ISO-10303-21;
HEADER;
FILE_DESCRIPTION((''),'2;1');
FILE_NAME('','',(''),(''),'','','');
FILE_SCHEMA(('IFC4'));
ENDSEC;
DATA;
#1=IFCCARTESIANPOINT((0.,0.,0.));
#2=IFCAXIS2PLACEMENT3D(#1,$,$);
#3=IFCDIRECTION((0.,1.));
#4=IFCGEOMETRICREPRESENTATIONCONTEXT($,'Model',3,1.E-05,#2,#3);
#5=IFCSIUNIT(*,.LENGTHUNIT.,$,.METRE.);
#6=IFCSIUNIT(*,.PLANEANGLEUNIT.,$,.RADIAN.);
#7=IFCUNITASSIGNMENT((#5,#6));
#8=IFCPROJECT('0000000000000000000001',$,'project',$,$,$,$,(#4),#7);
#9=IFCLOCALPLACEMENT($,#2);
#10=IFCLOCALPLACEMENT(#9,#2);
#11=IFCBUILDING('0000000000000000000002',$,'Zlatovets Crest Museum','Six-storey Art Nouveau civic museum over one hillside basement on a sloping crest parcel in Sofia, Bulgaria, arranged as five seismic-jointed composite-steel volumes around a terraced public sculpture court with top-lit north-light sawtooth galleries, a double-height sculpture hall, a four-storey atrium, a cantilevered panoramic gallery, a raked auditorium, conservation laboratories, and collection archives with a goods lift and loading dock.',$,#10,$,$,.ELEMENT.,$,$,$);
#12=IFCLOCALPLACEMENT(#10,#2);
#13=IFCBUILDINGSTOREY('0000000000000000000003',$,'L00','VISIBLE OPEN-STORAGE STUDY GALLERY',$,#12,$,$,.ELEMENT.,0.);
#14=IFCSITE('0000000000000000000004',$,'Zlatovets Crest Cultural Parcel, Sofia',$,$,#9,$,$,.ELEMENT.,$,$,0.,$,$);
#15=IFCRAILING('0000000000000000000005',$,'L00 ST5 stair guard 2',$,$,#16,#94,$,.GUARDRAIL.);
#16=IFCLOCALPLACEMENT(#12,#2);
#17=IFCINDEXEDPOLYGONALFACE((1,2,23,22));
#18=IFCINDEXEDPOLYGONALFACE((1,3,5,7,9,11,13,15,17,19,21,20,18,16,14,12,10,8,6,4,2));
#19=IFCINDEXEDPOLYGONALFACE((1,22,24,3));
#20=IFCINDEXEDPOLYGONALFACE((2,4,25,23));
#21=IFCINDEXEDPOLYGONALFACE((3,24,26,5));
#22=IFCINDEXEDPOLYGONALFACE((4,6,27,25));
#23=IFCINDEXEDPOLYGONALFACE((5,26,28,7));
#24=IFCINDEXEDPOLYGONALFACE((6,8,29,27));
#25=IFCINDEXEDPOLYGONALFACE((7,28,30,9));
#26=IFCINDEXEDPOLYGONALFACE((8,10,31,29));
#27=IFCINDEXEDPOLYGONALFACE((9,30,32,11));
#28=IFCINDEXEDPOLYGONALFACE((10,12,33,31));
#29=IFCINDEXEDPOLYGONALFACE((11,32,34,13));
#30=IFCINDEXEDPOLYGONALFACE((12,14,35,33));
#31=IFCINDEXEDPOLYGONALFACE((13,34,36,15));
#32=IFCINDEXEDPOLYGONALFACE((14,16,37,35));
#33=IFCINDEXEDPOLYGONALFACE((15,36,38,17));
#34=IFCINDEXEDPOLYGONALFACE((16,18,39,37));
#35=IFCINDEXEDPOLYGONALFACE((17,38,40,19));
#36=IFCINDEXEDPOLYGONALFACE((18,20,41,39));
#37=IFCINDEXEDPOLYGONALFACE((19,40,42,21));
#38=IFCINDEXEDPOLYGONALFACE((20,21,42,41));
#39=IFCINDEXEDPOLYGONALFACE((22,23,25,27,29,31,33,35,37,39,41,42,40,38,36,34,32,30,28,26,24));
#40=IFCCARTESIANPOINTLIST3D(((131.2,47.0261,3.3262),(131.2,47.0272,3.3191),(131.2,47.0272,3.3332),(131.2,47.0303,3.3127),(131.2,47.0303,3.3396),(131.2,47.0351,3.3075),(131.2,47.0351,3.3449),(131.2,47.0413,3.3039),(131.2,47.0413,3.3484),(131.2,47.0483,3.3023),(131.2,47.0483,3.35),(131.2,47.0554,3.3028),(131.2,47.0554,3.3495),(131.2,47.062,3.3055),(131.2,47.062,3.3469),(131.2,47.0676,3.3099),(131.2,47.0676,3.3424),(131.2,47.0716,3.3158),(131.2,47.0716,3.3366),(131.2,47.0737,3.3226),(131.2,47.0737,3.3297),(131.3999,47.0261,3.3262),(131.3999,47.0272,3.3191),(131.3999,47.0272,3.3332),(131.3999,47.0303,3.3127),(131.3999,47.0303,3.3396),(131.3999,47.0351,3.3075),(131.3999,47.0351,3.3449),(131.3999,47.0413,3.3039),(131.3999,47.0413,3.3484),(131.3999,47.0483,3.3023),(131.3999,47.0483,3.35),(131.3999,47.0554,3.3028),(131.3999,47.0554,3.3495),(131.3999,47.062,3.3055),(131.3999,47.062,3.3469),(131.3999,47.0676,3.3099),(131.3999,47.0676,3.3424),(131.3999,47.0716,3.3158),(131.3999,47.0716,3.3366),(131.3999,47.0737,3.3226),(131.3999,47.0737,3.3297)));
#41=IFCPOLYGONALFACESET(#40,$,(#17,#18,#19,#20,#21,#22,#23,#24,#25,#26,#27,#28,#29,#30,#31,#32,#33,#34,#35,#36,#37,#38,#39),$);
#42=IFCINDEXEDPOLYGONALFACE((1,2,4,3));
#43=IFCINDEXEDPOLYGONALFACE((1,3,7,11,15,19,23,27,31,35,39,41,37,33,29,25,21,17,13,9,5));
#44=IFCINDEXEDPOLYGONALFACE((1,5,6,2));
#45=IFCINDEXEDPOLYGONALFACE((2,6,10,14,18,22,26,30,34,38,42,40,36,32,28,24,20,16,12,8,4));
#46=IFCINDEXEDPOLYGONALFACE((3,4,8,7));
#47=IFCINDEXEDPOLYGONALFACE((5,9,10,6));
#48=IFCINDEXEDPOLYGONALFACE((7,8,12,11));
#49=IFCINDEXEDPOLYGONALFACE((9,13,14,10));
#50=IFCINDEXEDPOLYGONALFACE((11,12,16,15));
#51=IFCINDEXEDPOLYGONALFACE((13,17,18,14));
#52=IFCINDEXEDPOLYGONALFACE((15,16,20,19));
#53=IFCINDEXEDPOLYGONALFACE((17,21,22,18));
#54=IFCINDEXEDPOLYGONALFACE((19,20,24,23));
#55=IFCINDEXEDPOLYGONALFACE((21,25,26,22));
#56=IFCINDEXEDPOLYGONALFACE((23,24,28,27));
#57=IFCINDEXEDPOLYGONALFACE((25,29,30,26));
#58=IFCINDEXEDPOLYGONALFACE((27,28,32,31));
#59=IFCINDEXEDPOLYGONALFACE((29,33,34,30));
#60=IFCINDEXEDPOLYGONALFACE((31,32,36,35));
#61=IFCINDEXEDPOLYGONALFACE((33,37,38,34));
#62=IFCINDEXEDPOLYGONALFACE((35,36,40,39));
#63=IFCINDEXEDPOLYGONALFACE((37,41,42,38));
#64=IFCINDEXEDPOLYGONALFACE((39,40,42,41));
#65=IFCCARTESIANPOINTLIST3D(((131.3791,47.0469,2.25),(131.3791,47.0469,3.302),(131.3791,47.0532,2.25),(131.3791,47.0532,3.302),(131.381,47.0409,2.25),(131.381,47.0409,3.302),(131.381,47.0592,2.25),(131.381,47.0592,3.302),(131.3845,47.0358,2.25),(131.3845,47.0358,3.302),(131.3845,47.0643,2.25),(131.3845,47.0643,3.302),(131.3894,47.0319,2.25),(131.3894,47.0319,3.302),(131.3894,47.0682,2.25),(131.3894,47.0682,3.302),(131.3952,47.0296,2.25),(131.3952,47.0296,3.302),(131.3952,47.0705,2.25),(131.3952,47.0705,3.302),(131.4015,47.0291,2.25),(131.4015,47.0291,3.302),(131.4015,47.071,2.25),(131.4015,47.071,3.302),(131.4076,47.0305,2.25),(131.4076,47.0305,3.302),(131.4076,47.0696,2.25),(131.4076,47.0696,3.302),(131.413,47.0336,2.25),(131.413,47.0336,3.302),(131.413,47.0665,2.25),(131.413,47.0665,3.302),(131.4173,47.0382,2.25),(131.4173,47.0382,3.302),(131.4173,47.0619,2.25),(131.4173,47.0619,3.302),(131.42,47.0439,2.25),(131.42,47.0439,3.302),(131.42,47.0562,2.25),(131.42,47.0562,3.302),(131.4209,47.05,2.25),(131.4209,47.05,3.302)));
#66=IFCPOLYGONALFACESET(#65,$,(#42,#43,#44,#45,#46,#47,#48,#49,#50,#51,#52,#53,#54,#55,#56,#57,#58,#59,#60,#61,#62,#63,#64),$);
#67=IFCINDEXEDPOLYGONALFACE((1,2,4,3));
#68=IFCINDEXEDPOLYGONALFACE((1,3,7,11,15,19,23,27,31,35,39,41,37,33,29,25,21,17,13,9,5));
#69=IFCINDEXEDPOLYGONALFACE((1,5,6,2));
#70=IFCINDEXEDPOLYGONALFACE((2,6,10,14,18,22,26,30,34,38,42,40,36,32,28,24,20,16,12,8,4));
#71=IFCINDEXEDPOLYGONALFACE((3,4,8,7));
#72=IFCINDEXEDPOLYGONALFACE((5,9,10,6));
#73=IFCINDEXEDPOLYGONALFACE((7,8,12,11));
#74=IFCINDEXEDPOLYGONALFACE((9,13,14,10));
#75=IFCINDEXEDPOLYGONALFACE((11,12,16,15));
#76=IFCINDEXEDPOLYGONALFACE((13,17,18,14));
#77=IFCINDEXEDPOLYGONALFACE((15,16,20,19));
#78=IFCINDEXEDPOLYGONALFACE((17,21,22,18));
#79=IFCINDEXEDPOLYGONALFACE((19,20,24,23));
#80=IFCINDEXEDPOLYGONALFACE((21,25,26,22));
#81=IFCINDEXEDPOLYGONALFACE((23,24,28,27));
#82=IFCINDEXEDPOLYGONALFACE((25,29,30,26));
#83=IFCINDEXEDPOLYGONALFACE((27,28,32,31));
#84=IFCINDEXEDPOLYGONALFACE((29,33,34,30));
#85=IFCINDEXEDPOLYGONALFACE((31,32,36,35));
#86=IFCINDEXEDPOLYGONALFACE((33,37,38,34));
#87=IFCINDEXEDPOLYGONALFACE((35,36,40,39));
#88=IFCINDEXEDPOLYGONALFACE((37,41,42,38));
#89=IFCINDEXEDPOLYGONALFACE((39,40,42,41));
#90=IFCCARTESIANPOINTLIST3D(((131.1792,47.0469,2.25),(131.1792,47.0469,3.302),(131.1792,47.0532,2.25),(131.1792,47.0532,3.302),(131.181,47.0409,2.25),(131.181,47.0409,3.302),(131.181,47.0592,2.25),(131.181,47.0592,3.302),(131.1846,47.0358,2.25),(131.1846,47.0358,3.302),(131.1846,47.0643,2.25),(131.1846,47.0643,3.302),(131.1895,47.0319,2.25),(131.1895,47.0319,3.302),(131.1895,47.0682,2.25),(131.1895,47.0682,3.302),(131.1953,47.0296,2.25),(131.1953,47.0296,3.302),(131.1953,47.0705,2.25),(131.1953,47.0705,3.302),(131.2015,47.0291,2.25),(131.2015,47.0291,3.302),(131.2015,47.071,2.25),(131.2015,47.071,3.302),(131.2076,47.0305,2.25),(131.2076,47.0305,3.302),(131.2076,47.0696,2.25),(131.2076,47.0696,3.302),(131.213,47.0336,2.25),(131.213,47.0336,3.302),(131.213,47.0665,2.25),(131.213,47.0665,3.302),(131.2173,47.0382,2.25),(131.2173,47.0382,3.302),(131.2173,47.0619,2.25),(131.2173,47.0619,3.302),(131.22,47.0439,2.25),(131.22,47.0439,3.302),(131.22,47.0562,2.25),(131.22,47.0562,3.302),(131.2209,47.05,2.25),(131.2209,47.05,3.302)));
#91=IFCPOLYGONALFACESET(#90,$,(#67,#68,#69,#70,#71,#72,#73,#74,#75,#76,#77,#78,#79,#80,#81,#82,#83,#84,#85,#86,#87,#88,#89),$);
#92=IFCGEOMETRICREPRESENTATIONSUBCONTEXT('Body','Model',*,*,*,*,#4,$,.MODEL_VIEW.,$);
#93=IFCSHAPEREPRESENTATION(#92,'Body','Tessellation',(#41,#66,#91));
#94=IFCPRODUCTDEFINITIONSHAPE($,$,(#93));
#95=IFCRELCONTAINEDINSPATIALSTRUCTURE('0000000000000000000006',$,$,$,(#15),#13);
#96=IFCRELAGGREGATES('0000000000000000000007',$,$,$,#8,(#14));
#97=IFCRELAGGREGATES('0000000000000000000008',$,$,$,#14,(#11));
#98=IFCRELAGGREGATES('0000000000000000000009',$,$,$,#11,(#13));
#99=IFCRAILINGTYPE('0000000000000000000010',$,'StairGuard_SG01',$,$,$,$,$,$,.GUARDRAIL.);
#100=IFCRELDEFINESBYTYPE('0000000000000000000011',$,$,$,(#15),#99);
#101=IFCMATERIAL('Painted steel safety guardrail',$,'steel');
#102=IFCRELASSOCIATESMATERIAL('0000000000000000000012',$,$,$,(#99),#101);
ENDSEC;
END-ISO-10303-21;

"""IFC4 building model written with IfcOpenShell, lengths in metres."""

from ifc_helpers import new_model, si_unit, direction, frame, origin, origin_2d, place, context, subcontext, project, spatial, circle, extrude, material, type_object, element, save


model = new_model("IFC4")

# Units and contexts
model_context = context("Model", 3, precision=1e-05, world=origin(), true_north=direction((0.0, 1.0)))
body_context = subcontext(model_context, "Body", "Model", "MODEL_VIEW")
ifc_project = project(units=[si_unit("LENGTHUNIT", "METRE"), si_unit("PLANEANGLEUNIT", "RADIAN")], contexts=[model_context])

# Site, building, storey
site_placement = place(None, origin())
site = spatial("IfcSite", under=ifc_project, at=site_placement, Name="Zlatovets Crest Cultural Parcel, Sofia", CompositionType="ELEMENT", RefElevation=0.0)
building_placement = place(site_placement, origin())
building = spatial("IfcBuilding", under=site, at=building_placement, Name="Zlatovets Crest Museum", Description="Six-storey Art Nouveau civic museum over one hillside basement on a sloping crest parcel in Sofia, Bulgaria, arranged as five seismic-jointed composite-steel volumes around a terraced public sculpture court with top-lit north-light sawtooth galleries, a double-height sculpture hall, a four-storey atrium, a cantilevered panoramic gallery, a raked auditorium, conservation laboratories, and collection archives with a goods lift and loading dock.", CompositionType="ELEMENT")
storey_placement = place(building_placement, origin())
storey = spatial("IfcBuildingStorey", under=building, at=storey_placement, Name="L00", Description="VISIBLE OPEN-STORAGE STUDY GALLERY", CompositionType="ELEMENT", Elevation=0.0)

# Railing
ifc_material_1 = material(Name="Painted steel safety guardrail", Category="steel")
railing_type_1 = type_object("IfcRailingType", Name="StairGuard_SG01", PredefinedType="GUARDRAIL", material=ifc_material_1)
railing_1_placement = place(storey_placement, frame((131.3999, 47.05, 2.25)))
element("IfcRailing", 1, at=railing_1_placement, inside=storey, type_object=railing_type_1, Name="L00 ST5 stair guard 2", PredefinedType="GUARDRAIL", context=body_context, shape_type="SweptSolid", body=[
    extrude(circle(Radius=0.0239, at=origin_2d()), frame((0.0, 0.0, 1.0762), z_axis=(-1.0, 0.0, 0.0), x_axis=(0.0, -1.0, 0.0)), (0.0, 0.0, 1.0), 0.2),
    extrude(circle(Radius=0.021, at=origin_2d()), origin(), (0.0, 0.0, 1.0), 1.052),
    extrude(circle(Radius=0.021, at=origin_2d()), frame((-0.2, 0.0, 0.0)), (0.0, 0.0, 1.0), 1.052),
])

save(model, "model.ifc")
